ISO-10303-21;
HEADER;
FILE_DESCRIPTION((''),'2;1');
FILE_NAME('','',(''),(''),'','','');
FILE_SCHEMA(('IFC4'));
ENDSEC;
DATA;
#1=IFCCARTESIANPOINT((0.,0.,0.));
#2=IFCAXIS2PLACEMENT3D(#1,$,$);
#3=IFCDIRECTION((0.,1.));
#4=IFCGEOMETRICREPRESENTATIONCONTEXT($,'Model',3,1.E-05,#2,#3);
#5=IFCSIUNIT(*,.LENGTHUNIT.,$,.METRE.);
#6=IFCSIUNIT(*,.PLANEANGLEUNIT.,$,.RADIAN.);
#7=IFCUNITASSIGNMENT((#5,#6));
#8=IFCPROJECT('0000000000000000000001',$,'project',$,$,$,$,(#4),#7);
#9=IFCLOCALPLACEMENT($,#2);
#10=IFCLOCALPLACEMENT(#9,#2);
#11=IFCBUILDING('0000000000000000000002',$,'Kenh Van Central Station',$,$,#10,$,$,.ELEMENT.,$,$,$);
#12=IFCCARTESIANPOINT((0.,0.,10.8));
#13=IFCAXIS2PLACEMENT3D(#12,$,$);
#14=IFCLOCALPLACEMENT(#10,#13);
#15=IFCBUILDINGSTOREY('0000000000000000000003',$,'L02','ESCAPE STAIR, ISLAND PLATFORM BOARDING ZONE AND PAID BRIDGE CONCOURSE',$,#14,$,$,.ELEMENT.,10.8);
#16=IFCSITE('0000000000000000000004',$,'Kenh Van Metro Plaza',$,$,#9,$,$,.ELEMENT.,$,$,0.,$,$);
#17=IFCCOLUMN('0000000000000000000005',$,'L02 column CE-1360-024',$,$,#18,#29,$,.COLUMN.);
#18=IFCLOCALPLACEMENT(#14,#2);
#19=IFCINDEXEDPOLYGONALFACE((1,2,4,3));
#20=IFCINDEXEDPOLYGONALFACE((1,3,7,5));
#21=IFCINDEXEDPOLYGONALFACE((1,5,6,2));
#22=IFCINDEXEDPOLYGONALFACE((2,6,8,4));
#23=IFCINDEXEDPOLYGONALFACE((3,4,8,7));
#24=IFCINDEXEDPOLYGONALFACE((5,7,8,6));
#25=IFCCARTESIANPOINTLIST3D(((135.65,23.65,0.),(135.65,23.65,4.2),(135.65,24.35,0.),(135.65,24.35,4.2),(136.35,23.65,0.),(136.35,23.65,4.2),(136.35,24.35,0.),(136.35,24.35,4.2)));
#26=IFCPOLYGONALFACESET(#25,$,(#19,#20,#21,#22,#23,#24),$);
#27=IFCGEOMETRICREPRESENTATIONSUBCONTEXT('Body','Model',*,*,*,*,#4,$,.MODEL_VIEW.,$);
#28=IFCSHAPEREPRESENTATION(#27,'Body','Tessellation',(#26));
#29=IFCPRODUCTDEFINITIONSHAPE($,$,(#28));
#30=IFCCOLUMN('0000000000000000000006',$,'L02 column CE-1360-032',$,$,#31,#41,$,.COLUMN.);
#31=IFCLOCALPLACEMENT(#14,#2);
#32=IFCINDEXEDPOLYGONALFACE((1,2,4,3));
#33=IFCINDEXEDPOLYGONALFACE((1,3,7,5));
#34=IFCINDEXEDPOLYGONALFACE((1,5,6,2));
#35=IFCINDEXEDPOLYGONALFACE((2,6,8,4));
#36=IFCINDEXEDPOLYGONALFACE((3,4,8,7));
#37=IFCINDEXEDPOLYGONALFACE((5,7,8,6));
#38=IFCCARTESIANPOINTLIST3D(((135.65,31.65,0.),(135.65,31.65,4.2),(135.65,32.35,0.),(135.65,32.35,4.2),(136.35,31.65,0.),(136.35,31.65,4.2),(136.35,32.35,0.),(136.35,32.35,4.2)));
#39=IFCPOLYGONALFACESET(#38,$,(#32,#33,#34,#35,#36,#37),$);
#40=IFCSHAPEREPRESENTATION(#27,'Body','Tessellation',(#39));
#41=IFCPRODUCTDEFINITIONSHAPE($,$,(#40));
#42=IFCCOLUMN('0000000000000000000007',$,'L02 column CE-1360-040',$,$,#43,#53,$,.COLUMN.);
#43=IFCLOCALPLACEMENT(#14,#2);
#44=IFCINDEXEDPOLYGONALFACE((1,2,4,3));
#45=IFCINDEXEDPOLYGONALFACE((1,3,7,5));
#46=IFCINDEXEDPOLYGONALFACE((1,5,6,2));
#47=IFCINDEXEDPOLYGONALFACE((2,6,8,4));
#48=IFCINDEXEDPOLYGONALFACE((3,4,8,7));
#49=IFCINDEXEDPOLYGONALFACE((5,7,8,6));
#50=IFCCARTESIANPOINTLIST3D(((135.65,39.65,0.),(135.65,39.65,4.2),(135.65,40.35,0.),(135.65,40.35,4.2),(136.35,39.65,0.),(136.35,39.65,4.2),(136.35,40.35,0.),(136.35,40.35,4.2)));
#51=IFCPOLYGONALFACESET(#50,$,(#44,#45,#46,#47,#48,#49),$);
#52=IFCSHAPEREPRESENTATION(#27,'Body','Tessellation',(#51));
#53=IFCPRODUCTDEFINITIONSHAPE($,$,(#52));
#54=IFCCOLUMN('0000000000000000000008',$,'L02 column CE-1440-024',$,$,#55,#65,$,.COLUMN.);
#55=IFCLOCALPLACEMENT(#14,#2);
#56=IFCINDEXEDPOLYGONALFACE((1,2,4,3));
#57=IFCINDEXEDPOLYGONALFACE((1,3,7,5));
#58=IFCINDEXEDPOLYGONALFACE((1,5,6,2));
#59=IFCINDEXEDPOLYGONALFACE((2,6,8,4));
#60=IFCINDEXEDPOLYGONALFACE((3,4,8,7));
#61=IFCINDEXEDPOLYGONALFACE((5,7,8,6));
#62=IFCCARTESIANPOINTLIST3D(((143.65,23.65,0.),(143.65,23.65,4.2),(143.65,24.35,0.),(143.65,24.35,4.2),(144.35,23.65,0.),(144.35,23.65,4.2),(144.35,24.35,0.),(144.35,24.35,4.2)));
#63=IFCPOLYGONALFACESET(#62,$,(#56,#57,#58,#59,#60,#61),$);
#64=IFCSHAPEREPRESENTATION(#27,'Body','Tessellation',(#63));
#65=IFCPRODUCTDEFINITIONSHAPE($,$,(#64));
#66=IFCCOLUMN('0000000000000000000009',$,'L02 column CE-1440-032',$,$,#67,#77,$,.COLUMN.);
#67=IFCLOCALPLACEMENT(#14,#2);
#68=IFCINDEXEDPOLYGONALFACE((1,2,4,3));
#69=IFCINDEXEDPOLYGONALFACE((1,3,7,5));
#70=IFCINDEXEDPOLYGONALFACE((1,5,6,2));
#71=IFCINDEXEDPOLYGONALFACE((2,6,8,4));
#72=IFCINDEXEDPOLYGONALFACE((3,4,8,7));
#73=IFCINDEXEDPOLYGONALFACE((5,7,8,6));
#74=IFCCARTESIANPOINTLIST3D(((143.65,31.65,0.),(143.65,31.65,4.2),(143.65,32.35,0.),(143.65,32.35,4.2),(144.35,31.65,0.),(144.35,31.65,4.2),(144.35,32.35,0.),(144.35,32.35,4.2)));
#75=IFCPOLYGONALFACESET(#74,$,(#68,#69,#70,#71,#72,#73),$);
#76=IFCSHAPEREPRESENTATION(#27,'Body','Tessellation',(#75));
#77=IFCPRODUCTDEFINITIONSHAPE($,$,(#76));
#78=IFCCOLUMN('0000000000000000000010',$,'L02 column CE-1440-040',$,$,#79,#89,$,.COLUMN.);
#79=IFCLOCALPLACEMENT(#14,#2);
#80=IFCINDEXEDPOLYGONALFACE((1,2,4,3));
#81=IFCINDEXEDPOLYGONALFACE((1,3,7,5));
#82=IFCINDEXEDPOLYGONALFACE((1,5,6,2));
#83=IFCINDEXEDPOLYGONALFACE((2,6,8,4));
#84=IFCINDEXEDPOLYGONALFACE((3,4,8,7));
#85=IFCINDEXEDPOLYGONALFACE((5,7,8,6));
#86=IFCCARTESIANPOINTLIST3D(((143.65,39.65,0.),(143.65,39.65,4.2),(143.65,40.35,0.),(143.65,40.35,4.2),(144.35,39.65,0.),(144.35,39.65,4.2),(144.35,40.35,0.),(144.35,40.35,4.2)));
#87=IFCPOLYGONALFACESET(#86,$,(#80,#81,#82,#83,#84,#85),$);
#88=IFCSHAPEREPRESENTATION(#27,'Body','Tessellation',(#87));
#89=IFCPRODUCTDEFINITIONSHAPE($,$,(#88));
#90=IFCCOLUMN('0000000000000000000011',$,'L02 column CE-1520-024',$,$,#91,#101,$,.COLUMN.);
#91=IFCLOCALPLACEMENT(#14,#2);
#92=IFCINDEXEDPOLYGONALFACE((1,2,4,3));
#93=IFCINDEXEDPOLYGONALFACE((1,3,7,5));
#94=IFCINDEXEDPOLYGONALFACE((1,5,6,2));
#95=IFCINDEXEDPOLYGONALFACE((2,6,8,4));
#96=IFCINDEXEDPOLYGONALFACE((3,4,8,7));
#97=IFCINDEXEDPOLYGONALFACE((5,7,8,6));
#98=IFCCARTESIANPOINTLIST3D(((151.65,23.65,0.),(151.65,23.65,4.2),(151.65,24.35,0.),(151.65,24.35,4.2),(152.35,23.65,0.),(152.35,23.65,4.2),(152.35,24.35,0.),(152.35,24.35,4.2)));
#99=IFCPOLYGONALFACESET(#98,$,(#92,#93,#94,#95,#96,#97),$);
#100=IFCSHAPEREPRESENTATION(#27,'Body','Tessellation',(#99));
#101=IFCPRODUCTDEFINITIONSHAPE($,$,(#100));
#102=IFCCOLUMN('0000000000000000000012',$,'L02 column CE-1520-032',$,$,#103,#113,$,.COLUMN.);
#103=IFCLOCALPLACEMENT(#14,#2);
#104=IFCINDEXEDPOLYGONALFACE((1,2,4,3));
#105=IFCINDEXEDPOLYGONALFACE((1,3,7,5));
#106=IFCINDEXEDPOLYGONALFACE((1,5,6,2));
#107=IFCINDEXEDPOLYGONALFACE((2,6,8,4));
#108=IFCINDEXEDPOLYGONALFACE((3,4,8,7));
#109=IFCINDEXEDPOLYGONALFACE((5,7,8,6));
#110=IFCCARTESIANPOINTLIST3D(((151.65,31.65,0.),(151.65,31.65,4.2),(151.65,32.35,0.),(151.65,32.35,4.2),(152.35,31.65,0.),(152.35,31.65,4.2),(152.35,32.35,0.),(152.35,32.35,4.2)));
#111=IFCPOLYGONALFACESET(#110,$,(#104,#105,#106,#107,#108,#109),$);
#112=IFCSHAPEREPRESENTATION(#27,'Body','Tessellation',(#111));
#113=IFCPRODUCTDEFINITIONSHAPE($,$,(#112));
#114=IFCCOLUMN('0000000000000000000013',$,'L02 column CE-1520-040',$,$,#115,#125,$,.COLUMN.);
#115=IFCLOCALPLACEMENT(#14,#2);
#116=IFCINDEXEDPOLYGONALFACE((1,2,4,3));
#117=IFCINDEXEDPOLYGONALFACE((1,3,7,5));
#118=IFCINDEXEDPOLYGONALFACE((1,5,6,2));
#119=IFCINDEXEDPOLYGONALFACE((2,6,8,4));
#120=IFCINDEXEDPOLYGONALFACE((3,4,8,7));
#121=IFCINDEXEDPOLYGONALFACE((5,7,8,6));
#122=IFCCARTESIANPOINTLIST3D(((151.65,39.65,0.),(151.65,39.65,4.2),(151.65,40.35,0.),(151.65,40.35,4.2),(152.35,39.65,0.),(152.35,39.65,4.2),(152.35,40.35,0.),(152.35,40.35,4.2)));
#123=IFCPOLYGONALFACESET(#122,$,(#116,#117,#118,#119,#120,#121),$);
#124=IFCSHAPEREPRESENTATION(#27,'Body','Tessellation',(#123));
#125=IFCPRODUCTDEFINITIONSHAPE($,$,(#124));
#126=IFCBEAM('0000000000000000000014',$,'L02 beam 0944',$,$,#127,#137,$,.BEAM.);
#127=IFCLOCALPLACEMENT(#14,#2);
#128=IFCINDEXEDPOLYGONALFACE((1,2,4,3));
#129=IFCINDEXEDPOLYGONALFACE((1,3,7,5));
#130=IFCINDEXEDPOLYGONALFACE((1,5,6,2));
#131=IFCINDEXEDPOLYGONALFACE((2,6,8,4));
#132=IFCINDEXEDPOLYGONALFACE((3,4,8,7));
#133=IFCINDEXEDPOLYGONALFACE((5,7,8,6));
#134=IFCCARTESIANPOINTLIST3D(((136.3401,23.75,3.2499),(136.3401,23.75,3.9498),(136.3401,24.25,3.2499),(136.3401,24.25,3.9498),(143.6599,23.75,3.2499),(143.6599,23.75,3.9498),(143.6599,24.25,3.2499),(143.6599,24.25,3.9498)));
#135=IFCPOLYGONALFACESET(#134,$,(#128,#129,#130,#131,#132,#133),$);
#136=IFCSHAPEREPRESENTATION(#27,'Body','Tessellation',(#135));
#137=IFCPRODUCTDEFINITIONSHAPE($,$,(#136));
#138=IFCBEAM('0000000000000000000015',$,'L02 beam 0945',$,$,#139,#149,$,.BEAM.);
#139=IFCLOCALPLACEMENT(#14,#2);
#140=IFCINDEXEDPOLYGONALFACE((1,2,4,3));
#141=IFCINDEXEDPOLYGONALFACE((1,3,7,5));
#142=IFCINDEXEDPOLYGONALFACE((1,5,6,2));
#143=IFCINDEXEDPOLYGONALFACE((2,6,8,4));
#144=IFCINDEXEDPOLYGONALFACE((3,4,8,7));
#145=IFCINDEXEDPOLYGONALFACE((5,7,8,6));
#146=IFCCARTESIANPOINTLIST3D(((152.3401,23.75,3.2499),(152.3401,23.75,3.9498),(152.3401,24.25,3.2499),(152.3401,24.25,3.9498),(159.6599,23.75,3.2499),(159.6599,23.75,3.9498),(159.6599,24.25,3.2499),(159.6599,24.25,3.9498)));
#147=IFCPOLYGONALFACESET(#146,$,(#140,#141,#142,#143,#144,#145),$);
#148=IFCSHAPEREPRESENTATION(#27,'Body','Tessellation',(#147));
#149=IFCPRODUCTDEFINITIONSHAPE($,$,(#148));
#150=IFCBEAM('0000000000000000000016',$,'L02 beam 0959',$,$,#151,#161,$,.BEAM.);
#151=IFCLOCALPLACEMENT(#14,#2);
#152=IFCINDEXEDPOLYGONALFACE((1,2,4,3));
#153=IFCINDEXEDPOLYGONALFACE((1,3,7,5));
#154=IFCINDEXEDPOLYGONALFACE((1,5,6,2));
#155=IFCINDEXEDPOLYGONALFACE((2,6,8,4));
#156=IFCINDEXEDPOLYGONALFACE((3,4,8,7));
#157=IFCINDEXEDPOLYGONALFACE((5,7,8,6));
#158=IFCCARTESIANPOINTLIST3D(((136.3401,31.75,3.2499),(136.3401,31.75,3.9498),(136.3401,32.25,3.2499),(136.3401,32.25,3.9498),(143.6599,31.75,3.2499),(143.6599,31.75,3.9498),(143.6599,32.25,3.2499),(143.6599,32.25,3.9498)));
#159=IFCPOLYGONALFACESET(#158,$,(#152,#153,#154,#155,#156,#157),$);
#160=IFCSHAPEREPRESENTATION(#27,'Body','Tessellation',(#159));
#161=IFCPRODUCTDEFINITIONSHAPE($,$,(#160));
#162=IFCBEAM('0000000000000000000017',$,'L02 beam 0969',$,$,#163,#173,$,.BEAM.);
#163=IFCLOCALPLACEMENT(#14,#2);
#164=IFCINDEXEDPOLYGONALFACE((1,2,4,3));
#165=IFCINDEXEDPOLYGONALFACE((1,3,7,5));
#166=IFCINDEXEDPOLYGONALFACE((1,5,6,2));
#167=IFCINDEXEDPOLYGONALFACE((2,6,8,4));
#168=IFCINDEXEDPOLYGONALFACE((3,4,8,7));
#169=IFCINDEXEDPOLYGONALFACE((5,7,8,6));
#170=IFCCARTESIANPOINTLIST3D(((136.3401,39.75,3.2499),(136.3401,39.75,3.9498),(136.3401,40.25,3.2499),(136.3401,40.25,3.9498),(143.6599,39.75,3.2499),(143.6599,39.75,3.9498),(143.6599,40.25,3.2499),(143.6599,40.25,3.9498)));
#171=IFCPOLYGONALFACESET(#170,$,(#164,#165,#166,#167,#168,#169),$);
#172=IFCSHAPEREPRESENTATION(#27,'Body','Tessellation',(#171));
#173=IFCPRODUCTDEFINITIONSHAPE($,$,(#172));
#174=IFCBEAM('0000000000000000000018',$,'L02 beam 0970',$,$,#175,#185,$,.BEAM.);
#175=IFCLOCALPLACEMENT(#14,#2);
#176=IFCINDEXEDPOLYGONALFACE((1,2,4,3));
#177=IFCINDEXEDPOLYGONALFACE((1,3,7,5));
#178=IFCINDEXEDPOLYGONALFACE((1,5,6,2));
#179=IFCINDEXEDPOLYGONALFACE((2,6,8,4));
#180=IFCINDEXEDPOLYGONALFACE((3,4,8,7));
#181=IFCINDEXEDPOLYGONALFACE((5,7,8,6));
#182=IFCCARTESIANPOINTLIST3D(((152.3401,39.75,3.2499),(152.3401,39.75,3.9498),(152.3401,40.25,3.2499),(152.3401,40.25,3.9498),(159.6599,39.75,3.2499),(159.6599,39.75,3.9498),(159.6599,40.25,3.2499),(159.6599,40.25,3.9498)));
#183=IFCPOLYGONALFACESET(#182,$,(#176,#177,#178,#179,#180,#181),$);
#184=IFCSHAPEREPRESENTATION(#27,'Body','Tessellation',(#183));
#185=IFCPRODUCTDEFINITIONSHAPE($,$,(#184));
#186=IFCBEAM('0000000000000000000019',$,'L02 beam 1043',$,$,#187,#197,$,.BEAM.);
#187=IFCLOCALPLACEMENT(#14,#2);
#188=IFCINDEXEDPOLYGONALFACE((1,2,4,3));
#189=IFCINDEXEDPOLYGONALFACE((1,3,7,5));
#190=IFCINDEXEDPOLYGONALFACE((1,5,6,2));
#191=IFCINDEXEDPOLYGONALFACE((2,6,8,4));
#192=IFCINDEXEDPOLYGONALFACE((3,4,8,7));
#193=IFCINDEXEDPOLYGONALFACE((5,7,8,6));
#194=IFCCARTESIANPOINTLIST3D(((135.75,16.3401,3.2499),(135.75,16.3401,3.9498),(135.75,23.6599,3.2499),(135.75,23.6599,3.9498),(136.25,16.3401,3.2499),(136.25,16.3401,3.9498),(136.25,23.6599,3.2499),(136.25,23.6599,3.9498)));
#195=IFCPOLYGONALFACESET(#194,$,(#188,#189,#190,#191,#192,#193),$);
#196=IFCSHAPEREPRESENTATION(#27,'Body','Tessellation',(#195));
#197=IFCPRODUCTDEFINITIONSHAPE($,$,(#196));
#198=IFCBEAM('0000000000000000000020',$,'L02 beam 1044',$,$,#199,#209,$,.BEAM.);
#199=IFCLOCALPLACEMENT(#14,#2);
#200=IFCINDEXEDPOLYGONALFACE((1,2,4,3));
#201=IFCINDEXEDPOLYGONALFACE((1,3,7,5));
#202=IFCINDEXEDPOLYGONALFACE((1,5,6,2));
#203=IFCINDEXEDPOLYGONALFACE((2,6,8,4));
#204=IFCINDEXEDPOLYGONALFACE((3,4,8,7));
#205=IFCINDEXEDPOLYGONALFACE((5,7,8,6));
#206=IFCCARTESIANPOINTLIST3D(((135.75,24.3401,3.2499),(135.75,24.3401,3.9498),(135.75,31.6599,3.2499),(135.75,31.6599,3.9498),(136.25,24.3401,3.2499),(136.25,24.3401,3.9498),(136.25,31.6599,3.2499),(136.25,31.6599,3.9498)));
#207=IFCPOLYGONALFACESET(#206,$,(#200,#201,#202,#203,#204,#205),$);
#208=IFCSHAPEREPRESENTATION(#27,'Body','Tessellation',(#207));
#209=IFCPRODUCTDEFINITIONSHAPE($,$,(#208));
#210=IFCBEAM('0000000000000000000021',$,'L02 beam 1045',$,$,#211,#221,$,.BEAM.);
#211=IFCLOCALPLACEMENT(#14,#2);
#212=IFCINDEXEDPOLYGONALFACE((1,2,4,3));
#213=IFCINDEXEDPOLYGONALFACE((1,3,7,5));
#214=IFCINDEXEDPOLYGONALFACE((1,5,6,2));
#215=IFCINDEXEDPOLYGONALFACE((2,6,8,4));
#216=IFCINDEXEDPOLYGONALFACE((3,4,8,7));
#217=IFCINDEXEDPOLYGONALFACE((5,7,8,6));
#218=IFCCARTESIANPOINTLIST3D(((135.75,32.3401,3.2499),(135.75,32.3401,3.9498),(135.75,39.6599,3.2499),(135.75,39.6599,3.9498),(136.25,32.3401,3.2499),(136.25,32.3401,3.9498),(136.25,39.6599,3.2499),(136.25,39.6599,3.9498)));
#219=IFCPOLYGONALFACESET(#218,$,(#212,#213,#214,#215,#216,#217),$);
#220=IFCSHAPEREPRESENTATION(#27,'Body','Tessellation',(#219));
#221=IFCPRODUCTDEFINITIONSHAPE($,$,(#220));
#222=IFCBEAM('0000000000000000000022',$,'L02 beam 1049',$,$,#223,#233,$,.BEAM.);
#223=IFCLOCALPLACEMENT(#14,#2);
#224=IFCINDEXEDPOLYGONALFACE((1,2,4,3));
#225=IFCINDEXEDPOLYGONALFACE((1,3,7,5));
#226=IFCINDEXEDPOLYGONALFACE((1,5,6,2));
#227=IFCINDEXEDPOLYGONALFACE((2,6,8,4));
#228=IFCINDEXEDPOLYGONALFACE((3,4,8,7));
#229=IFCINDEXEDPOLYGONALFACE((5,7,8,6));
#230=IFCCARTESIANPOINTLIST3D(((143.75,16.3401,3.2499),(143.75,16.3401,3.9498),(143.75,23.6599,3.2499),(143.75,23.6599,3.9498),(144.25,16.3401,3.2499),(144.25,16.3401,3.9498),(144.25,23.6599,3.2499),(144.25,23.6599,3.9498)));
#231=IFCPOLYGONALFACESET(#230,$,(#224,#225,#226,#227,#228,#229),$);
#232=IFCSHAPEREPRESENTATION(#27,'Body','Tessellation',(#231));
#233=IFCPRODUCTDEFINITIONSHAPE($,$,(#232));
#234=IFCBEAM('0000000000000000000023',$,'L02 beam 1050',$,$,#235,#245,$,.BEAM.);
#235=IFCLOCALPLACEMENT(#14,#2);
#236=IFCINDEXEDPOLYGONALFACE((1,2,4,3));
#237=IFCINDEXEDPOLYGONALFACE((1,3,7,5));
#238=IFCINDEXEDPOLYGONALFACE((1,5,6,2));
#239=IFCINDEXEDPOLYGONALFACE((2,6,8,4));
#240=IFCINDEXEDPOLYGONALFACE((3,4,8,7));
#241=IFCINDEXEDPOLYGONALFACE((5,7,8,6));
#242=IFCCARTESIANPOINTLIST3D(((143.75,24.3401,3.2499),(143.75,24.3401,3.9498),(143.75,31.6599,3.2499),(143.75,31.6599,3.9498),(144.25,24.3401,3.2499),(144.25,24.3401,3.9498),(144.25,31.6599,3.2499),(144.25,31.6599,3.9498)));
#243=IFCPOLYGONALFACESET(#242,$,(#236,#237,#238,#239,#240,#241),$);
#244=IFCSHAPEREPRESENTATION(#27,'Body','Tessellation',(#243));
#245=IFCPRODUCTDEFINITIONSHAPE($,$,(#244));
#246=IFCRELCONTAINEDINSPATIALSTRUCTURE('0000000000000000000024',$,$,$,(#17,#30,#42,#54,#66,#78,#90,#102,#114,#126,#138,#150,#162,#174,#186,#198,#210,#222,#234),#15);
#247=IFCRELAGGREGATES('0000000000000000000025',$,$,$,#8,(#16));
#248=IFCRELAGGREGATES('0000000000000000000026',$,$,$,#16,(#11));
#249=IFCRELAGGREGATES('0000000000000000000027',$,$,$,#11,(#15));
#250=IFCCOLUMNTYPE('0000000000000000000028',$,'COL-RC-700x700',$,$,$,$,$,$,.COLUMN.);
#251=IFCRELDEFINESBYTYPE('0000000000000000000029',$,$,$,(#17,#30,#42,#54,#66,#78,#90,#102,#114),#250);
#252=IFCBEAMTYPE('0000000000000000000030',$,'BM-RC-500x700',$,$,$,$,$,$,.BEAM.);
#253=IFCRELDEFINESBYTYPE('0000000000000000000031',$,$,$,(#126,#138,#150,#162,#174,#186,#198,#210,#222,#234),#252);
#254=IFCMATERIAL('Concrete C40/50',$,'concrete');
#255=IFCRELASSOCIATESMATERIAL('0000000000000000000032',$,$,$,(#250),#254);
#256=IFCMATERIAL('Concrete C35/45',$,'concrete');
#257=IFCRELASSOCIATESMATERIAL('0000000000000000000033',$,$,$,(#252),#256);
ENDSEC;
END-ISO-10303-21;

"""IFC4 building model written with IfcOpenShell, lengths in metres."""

from ifc_helpers import new_model, si_unit, direction, frame, origin, origin_2d, place, context, subcontext, project, spatial, rectangle, extrude, material, material_profile, profile_set, type_object, element, save


model = new_model("IFC4")

# Units and contexts
model_context = context("Model", 3, precision=1e-05, world=origin(), true_north=direction((0.0, 1.0)))
body_context = subcontext(model_context, "Body", "Model", "MODEL_VIEW")
ifc_project = project(units=[si_unit("LENGTHUNIT", "METRE"), si_unit("PLANEANGLEUNIT", "RADIAN")], contexts=[model_context])

# Site, building, storey
site_placement = place(None, origin())
site = spatial("IfcSite", under=ifc_project, at=site_placement, Name="Kenh Van Metro Plaza", CompositionType="ELEMENT", RefElevation=0.0)
building_placement = place(site_placement, origin())
building = spatial("IfcBuilding", under=site, at=building_placement, Name="Kenh Van Central Station", CompositionType="ELEMENT")
storey_placement = place(building_placement, frame((0.0, 0.0, 10.8)))
storey = spatial("IfcBuildingStorey", under=building, at=storey_placement, Name="L02", Description="ESCAPE STAIR, ISLAND PLATFORM BOARDING ZONE AND PAID BRIDGE CONCOURSE", CompositionType="ELEMENT", Elevation=10.8)

# Columns
ifc_material_1 = material(Name="Concrete C40/50", Category="concrete")
ifc_material_profile_1 = material_profile(ifc_material_1, rectangle(XDim=0.7, YDim=0.7, at=origin_2d()), Name="RC 700x700")
ifc_profile_set_1 = profile_set([ifc_material_profile_1], Name="Concrete C40/50")
column_type = type_object("IfcColumnType", Name="COL-RC-700x700", PredefinedType="COLUMN", material=ifc_profile_set_1)
for number, where, z_axis, x_axis, name in (
    (1, (136.0, 24.0, 0.0), (0.0, 0.0, 1.0), (1.0, 0.0, 0.0), "L02 column CE-1360-024"),
    (2, (136.0, 32.0, 0.0), (0.0, 0.0, 1.0), (1.0, 0.0, 0.0), "L02 column CE-1360-032"),
    (3, (136.0, 40.0, 0.0), (0.0, 0.0, 1.0), (1.0, 0.0, 0.0), "L02 column CE-1360-040"),
    (4, (144.0, 24.0, 0.0), (0.0, 0.0, 1.0), (1.0, 0.0, 0.0), "L02 column CE-1440-024"),
    (5, (144.0, 32.0, 0.0), (0.0, 0.0, 1.0), (1.0, 0.0, 0.0), "L02 column CE-1440-032"),
    (6, (144.0, 40.0, 0.0), (0.0, 0.0, 1.0), (1.0, 0.0, 0.0), "L02 column CE-1440-040"),
    (7, (152.0, 24.0, 0.0), (0.0, 0.0, 1.0), (1.0, 0.0, 0.0), "L02 column CE-1520-024"),
    (8, (152.0, 32.0, 0.0), (0.0, 0.0, 1.0), (1.0, 0.0, 0.0), "L02 column CE-1520-032"),
    (9, (152.0, 40.0, 0.0), (0.0, 0.0, 1.0), (1.0, 0.0, 0.0), "L02 column CE-1520-040"),
):
    element("IfcColumn", number, at=place(storey_placement, frame(where, z_axis=z_axis, x_axis=x_axis)), inside=storey, type_object=column_type, Name=name, PredefinedType="COLUMN", context=body_context, shape_type="SweptSolid", body=[
        extrude(rectangle(XDim=0.7, YDim=0.7, at=origin_2d()), origin(), (0.0, 0.0, 1.0), 4.2),
    ])

# Beams
ifc_material_2 = material(Name="Concrete C35/45", Category="concrete")
ifc_material_profile_2 = material_profile(ifc_material_2, rectangle(XDim=0.5, YDim=0.7, at=origin_2d()), Name="RC 500x700")
ifc_profile_set_2 = profile_set([ifc_material_profile_2], Name="Concrete C35/45")
beam_type_1 = type_object("IfcBeamType", Name="BM-RC-500x700", PredefinedType="BEAM", material=ifc_profile_set_2)
for number, where, z_axis, x_axis, name in (
    (10, (136.3401, 24.0, 3.5999), (1.0, 0.0, 0.0), (0.0, 1.0, 0.0), "L02 beam 0944"),
    (11, (152.3401, 24.0, 3.5999), (1.0, 0.0, 0.0), (0.0, 1.0, 0.0), "L02 beam 0945"),
    (12, (136.3401, 32.0, 3.5999), (1.0, 0.0, 0.0), (0.0, 1.0, 0.0), "L02 beam 0959"),
    (13, (136.3401, 40.0, 3.5999), (1.0, 0.0, 0.0), (0.0, 1.0, 0.0), "L02 beam 0969"),
    (14, (152.3401, 40.0, 3.5999), (1.0, 0.0, 0.0), (0.0, 1.0, 0.0), "L02 beam 0970"),
    (15, (136.0, 16.3401, 3.5999), (0.0, 1.0, 0.0), (-1.0, 0.0, 0.0), "L02 beam 1043"),
    (16, (136.0, 24.3401, 3.5999), (0.0, 1.0, 0.0), (-1.0, 0.0, 0.0), "L02 beam 1044"),
    (17, (136.0, 32.3401, 3.5999), (0.0, 1.0, 0.0), (-1.0, 0.0, 0.0), "L02 beam 1045"),
    (18, (144.0, 16.3401, 3.5999), (0.0, 1.0, 0.0), (-1.0, 0.0, 0.0), "L02 beam 1049"),
    (19, (144.0, 24.3401, 3.5999), (0.0, 1.0, 0.0), (-1.0, 0.0, 0.0), "L02 beam 1050"),
):
    element("IfcBeam", number, at=place(storey_placement, frame(where, z_axis=z_axis, x_axis=x_axis)), inside=storey, type_object=beam_type_1, Name=name, PredefinedType="BEAM", context=body_context, shape_type="SweptSolid", body=[
        extrude(rectangle(XDim=0.5, YDim=0.7, at=origin_2d()), origin(), (0.0, 0.0, 1.0), 7.3198),
    ])

save(model, "model.ifc")
